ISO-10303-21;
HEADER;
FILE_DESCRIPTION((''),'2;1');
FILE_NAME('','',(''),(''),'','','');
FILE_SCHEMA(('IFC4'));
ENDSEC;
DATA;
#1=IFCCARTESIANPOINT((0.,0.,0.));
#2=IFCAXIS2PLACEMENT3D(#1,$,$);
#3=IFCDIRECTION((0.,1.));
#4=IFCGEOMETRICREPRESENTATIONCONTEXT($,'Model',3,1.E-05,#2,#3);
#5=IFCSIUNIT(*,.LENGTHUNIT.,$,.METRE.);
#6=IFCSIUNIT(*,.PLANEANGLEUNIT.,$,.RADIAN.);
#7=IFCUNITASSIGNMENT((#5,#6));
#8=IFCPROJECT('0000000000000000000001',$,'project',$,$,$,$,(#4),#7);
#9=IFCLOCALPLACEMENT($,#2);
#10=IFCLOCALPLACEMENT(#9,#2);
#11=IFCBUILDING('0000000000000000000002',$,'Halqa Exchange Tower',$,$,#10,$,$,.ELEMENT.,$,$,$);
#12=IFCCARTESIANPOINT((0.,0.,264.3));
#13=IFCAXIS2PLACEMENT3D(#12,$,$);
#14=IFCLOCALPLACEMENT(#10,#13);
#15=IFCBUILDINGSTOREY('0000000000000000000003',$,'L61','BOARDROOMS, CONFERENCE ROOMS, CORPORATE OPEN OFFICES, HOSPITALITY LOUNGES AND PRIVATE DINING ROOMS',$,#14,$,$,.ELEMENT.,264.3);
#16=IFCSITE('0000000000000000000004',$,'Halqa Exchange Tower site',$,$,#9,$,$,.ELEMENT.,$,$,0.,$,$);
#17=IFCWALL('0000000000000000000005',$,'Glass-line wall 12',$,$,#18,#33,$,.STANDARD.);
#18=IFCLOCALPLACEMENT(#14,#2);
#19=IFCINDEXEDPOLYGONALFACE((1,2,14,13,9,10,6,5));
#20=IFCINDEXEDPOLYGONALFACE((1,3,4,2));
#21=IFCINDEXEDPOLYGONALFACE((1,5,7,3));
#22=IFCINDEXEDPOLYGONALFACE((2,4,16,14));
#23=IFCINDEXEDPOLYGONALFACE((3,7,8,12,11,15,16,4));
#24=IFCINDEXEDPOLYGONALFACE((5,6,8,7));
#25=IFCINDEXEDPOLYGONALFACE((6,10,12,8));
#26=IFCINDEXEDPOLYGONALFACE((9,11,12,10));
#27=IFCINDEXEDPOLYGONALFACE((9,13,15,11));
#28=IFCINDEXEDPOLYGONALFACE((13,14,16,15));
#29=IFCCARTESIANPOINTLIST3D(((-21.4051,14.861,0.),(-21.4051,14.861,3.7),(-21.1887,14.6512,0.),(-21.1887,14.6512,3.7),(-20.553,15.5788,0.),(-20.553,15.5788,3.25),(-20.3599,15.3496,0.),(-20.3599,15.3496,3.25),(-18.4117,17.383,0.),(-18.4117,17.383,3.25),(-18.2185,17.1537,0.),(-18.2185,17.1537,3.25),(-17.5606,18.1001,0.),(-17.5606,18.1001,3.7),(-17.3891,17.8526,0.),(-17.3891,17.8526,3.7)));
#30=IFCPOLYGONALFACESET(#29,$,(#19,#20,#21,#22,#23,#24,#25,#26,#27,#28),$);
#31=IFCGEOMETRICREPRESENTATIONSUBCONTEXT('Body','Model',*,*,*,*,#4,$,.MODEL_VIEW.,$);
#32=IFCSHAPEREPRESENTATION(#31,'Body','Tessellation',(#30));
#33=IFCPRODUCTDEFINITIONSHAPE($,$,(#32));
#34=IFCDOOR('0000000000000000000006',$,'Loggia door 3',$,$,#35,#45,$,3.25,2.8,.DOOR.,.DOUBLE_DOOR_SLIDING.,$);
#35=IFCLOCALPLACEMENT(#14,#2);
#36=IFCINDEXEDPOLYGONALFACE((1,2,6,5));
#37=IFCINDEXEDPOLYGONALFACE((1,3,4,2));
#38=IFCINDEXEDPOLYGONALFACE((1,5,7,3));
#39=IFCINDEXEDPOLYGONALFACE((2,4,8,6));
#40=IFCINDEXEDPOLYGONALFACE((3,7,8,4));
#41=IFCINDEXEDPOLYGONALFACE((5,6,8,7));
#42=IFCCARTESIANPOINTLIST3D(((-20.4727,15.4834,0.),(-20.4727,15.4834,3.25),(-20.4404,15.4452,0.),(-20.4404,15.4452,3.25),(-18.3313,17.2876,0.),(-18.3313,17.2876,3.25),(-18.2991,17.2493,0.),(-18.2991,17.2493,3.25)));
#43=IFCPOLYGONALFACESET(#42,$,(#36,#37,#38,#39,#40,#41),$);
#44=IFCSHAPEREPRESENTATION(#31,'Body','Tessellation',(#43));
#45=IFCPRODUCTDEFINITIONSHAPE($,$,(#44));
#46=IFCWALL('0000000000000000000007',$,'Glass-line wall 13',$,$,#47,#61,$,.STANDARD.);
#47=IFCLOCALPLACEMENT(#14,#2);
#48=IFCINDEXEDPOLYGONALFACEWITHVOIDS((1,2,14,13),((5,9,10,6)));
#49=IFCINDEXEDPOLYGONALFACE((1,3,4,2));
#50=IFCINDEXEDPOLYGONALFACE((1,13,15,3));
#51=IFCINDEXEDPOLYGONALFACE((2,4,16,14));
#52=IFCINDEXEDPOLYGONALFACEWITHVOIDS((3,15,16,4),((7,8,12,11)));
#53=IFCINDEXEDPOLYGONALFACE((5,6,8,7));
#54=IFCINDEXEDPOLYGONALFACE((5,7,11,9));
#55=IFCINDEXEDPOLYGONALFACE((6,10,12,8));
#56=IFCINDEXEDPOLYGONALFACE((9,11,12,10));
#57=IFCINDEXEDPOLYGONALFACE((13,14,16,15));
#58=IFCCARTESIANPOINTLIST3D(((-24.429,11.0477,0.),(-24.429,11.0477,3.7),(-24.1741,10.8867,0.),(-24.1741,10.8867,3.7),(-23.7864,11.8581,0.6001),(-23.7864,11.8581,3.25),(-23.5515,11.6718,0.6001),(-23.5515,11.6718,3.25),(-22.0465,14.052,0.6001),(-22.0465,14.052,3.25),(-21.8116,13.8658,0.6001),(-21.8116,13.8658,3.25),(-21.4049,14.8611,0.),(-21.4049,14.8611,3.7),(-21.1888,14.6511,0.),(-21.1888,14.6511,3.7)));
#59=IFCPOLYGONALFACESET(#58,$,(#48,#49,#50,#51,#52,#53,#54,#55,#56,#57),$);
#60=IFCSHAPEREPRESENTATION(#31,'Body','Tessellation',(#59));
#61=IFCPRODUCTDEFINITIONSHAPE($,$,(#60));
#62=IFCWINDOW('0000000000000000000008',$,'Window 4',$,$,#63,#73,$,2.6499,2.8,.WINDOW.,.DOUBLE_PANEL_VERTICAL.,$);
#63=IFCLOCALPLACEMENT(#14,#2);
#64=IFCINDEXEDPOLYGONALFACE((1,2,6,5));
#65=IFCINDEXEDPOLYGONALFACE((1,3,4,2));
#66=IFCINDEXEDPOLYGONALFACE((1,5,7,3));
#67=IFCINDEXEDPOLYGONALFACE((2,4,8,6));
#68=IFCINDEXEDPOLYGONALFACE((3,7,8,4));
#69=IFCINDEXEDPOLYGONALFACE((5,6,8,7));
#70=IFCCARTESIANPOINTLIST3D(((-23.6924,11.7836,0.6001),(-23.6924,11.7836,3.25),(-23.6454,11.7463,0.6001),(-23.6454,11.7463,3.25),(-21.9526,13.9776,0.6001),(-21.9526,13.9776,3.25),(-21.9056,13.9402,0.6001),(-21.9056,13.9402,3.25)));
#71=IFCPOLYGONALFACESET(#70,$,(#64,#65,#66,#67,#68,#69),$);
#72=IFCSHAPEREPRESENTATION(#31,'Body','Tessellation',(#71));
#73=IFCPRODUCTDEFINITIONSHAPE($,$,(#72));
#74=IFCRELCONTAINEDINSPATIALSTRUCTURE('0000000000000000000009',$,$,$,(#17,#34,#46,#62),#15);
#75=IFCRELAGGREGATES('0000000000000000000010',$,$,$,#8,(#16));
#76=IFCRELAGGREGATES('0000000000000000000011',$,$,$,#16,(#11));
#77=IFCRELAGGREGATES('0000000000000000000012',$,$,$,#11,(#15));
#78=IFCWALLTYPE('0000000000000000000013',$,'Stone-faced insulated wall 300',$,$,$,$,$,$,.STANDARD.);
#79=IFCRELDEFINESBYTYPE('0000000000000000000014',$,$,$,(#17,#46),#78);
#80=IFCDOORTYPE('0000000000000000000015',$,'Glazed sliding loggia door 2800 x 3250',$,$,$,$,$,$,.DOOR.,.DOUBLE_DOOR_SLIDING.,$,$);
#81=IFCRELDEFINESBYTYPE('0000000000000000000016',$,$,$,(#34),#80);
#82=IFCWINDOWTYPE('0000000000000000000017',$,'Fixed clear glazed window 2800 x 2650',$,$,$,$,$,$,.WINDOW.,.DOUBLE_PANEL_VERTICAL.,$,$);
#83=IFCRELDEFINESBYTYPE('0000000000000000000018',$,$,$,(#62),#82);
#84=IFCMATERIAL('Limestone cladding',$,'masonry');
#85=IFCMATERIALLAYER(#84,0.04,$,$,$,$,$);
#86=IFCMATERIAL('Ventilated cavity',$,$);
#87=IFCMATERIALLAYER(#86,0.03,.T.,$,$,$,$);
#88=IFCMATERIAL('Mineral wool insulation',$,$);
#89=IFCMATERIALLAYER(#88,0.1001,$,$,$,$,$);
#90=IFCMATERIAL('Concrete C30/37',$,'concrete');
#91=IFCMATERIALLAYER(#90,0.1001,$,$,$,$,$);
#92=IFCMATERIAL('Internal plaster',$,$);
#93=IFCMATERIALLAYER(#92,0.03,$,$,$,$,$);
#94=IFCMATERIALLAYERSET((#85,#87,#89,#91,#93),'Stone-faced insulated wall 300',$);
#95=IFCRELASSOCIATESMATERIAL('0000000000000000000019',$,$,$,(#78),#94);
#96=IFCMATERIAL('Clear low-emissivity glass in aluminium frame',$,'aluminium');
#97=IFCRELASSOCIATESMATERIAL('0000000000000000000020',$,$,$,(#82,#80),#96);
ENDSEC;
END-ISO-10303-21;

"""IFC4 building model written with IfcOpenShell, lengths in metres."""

from ifc_helpers import new_model, si_unit, direction, frame, frame_2d, origin, place, context, subcontext, project, spatial, polyline, rectangle, outline, extrude, material, layer, layer_set, type_object, element, fill, save


model = new_model("IFC4")

# Units and contexts
model_context = context("Model", 3, precision=1e-05, world=origin(), true_north=direction((0.0, 1.0)))
body_context = subcontext(model_context, "Body", "Model", "MODEL_VIEW")
ifc_project = project(units=[si_unit("LENGTHUNIT", "METRE"), si_unit("PLANEANGLEUNIT", "RADIAN")], contexts=[model_context])

# Site, building, storey
site_placement = place(None, origin())
site = spatial("IfcSite", under=ifc_project, at=site_placement, Name="Halqa Exchange Tower site", CompositionType="ELEMENT", RefElevation=0.0)
building_placement = place(site_placement, origin())
building = spatial("IfcBuilding", under=site, at=building_placement, Name="Halqa Exchange Tower", CompositionType="ELEMENT")
storey_placement = place(building_placement, frame((0.0, 0.0, 264.3)))
storey = spatial("IfcBuildingStorey", under=building, at=storey_placement, Name="L61", Description="BOARDROOMS, CONFERENCE ROOMS, CORPORATE OPEN OFFICES, HOSPITALITY LOUNGES AND PRIVATE DINING ROOMS", CompositionType="ELEMENT", Elevation=264.3)

# Shared definitions
ifc_material_1 = material(Name="Limestone cladding", Category="masonry")
ifc_layer_1 = layer(ifc_material_1, 0.04)
ifc_material_2 = material(Name="Ventilated cavity")
ifc_layer_2 = layer(ifc_material_2, 0.03, ventilated=True)
ifc_material_3 = material(Name="Mineral wool insulation")
ifc_layer_3 = layer(ifc_material_3, 0.1001)
ifc_material_4 = material(Name="Concrete C30/37", Category="concrete")
ifc_layer_4 = layer(ifc_material_4, 0.1001)
ifc_material_5 = material(Name="Internal plaster")
ifc_layer_5 = layer(ifc_material_5, 0.03)
ifc_layer_set_1 = layer_set([ifc_layer_1, ifc_layer_2, ifc_layer_3, ifc_layer_4, ifc_layer_5], Name="Stone-faced insulated wall 300")
wall_type_1 = type_object("IfcWallType", Name="Stone-faced insulated wall 300", PredefinedType="STANDARD", material=ifc_layer_set_1)
ifc_material_6 = material(Name="Clear low-emissivity glass in aluminium frame", Category="aluminium")
window_type = type_object("IfcWindowType", Name="Fixed clear glazed window 2800 x 2650", PartitioningType="DOUBLE_PANEL_VERTICAL", PredefinedType="WINDOW", material=ifc_material_6)

# Wall, opening, door
wall_1_placement = place(storey_placement, frame((-17.4749, 17.9763, 0.0), z_axis=(0.0, 0.0, 1.0), x_axis=(-0.764746, -0.644331, 0.0)))
wall_1 = element("IfcWall", 1, at=wall_1_placement, inside=storey, type_object=wall_type_1, Name="Glass-line wall 12", PredefinedType="STANDARD", context=body_context, shape_type="SweptSolid", body=[
    extrude(outline(polyline([(-0.0142, -0.1499), (5.0129, -0.1499), (4.9827, 0.1499), (0.0142, 0.1499), (-0.0142, -0.1499)])), origin(), (0.0, 0.0, 1.0), 3.7),
])
opening_1_placement = place(wall_1_placement, frame((1.0989, 0.0, 0.0)))
opening_1 = element("IfcOpeningElement", 2, at=opening_1_placement, cuts=wall_1, PredefinedType="OPENING", context=body_context, shape_type="SweptSolid", body=[
    extrude(rectangle(XDim=2.8, YDim=3.25, at=frame_2d((1.3999, 1.625))), frame((0.0, 0.1621, 0.0), z_axis=(0.0, -1.0, 0.0), x_axis=(1.0, 0.0, 0.0)), (0.0, 0.0, 1.0), 0.324),
])
door_type_1 = type_object("IfcDoorType", Name="Glazed sliding loggia door 2800 x 3250", OperationType="DOUBLE_DOOR_SLIDING", PredefinedType="DOOR", material=ifc_material_6)
door_1_placement = place(opening_1_placement, origin())
door_1 = element("IfcDoor", 3, at=door_1_placement, inside=storey, type_object=door_type_1, Name="Loggia door 3", OperationType="DOUBLE_DOOR_SLIDING", OverallHeight=3.25, OverallWidth=2.8, PredefinedType="DOOR", context=body_context, shape_type="SweptSolid", body=[
    extrude(rectangle(XDim=2.8, YDim=3.25, at=frame_2d((1.3999, 1.625))), frame((0.0, 0.0249, 0.0), z_axis=(0.0, -1.0, 0.0), x_axis=(1.0, 0.0, 0.0)), (0.0, 0.0, 1.0), 0.05),
])
fill(opening_1, door_1)

# Wall, opening, window
wall_2_placement = place(storey_placement, frame((-21.2969, 14.7561, 0.0), z_axis=(0.0, 0.0, 1.0), x_axis=(-0.621358, -0.783526, 0.0)))
wall_2 = element("IfcWall", 4, at=wall_2_placement, inside=storey, type_object=wall_type_1, Name="Glass-line wall 13", PredefinedType="STANDARD", context=body_context, shape_type="SweptSolid", body=[
    extrude(outline(polyline([(-0.0151, -0.1499), (4.8518, -0.1499), (4.8196, 0.1499), (0.0151, 0.1499), (-0.0151, -0.1499)])), origin(), (0.0, 0.0, 1.0), 3.7),
])
opening_2_placement = place(wall_2_placement, frame((1.0176, 0.0, 0.6001)))
opening_2 = element("IfcOpeningElement", 5, at=opening_2_placement, cuts=wall_2, PredefinedType="OPENING", context=body_context, shape_type="SweptSolid", body=[
    extrude(rectangle(XDim=2.8, YDim=2.6499, at=frame_2d((1.3999, 1.325))), frame((0.0, 0.1621, 0.0), z_axis=(0.0, -1.0, 0.0), x_axis=(1.0, 0.0, 0.0)), (0.0, 0.0, 1.0), 0.324),
])
window_1_placement = place(opening_2_placement, origin())
window_1 = element("IfcWindow", 6, at=window_1_placement, inside=storey, type_object=window_type, Name="Window 4", OverallHeight=2.6499, OverallWidth=2.8, PartitioningType="DOUBLE_PANEL_VERTICAL", PredefinedType="WINDOW", context=body_context, shape_type="SweptSolid", body=[
    extrude(rectangle(XDim=2.8, YDim=2.6499, at=frame_2d((1.3999, 1.325))), frame((0.0, 0.03, 0.0), z_axis=(0.0, -1.0, 0.0), x_axis=(1.0, 0.0, 0.0)), (0.0, 0.0, 1.0), 0.0601),
])
fill(opening_2, window_1)

save(model, "model.ifc")
